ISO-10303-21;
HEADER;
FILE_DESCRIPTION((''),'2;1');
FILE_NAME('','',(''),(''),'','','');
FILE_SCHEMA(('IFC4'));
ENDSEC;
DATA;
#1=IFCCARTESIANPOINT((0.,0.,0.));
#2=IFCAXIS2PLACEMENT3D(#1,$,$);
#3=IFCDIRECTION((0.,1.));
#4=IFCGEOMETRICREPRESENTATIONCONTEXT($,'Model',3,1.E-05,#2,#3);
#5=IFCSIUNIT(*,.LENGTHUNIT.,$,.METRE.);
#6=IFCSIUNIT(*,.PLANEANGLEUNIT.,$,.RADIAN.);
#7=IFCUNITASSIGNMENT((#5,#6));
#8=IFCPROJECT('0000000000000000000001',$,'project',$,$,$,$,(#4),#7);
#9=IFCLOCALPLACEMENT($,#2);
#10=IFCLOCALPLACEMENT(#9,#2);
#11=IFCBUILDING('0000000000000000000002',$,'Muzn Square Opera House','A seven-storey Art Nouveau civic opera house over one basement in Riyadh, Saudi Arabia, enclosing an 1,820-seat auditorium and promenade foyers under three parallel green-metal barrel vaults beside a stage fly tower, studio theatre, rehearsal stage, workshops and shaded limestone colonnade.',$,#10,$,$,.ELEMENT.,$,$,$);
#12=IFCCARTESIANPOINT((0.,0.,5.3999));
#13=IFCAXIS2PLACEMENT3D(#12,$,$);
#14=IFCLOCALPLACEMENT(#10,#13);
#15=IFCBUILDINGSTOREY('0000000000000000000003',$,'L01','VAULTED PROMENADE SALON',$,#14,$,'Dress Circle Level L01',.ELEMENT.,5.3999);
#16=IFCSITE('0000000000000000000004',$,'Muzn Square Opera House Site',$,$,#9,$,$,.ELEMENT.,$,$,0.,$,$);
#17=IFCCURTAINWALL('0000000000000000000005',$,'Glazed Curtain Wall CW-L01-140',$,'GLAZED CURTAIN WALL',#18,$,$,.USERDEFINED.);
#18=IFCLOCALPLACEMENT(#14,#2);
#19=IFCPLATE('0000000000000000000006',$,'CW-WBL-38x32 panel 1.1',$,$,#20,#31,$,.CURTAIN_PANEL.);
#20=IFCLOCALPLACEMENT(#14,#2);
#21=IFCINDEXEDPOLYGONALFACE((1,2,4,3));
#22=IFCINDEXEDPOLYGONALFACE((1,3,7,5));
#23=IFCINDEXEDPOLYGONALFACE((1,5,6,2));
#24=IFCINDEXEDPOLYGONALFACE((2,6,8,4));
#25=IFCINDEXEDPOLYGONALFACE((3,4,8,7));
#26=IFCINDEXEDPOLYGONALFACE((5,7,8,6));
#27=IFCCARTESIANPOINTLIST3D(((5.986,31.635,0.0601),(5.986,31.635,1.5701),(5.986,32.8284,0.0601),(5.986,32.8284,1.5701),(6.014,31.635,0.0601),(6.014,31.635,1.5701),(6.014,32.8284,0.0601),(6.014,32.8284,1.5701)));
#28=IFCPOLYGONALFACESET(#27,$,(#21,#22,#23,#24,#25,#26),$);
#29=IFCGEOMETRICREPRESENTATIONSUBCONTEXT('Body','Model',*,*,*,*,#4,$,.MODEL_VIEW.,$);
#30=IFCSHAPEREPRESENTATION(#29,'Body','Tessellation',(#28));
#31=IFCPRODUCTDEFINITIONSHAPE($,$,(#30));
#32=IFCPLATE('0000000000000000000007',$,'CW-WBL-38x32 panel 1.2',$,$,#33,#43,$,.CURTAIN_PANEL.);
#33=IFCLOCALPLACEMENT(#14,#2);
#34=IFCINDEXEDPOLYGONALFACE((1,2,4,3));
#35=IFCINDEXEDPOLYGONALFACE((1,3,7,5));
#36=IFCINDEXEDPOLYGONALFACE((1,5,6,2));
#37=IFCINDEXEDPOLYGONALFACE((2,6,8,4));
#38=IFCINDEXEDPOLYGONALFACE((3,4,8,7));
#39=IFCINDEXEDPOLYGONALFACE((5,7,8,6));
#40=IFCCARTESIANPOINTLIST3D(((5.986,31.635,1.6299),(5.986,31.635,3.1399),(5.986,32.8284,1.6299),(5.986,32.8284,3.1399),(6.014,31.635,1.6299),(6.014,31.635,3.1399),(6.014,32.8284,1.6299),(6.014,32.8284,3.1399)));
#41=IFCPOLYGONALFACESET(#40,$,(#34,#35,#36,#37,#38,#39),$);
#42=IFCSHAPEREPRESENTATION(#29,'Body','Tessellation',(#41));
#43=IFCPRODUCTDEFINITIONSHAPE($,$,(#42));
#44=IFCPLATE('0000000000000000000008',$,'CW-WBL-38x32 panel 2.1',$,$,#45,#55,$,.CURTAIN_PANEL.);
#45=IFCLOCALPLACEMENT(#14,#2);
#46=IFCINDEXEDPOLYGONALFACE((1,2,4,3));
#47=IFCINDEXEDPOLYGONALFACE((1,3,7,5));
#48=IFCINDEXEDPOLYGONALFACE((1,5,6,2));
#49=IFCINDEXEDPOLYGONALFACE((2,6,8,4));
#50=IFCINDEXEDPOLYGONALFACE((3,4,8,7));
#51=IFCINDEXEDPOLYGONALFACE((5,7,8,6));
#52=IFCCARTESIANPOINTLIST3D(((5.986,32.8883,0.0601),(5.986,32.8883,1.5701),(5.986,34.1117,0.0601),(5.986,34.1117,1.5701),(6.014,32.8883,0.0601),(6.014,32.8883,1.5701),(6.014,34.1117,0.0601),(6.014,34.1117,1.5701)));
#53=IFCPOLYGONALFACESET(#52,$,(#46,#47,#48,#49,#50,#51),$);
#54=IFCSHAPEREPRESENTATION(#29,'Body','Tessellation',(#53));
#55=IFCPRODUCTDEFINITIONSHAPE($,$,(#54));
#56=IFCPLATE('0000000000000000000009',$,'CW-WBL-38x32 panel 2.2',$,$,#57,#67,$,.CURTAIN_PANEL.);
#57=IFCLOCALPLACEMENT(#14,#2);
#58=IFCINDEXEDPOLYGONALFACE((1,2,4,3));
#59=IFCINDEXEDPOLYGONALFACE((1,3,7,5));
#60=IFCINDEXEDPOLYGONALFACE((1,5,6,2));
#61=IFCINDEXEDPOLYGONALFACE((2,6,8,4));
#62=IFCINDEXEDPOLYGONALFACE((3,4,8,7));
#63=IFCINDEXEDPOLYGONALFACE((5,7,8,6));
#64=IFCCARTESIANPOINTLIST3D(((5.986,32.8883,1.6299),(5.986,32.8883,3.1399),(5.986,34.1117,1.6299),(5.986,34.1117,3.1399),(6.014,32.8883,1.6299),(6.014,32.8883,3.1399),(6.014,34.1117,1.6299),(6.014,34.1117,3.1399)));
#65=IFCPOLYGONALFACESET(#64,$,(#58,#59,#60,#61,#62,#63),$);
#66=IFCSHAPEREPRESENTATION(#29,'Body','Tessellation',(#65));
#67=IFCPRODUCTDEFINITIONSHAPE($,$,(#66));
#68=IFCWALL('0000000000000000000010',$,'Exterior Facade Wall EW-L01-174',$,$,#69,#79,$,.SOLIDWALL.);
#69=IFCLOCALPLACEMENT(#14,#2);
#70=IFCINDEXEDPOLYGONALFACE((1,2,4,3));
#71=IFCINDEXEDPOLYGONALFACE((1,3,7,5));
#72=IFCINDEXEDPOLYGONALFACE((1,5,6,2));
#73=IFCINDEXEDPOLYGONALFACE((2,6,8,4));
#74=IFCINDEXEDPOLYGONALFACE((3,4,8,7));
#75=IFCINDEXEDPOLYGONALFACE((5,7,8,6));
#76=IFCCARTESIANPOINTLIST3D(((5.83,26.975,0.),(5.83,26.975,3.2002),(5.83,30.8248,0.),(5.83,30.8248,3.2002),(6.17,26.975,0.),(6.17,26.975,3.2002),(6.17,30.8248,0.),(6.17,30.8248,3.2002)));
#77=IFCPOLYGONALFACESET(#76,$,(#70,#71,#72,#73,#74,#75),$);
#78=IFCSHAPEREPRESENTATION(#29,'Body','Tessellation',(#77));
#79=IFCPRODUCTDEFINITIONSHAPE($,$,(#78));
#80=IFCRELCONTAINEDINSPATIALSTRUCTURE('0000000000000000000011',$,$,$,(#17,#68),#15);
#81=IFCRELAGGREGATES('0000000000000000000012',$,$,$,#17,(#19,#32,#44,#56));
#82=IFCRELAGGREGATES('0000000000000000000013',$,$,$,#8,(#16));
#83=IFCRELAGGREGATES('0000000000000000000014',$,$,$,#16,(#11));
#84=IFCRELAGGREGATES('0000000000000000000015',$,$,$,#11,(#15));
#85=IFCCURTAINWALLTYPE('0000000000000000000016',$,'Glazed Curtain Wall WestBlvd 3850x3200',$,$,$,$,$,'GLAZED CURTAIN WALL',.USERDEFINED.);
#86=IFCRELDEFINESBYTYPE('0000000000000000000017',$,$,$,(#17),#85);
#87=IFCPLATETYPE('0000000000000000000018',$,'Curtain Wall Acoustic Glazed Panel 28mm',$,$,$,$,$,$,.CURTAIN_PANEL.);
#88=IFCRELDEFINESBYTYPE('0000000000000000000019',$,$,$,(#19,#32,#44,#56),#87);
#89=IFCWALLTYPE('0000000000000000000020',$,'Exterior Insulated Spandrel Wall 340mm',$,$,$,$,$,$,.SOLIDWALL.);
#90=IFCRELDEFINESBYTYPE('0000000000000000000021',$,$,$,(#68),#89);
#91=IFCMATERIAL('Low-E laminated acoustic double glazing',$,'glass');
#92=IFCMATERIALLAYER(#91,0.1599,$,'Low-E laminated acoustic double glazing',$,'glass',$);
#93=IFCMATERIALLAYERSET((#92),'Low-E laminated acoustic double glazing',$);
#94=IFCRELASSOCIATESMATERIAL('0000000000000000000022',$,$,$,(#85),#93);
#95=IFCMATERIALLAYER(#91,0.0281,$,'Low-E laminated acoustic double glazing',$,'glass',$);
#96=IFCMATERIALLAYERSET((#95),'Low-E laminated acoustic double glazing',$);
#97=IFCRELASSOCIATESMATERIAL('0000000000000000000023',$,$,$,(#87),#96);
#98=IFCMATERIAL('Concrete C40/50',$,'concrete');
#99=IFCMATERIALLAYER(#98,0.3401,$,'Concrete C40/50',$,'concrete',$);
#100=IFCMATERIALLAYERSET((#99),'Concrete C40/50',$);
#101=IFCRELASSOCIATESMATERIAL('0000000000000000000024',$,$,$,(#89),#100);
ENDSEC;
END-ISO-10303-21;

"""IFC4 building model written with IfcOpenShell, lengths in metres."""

from ifc_helpers import new_model, si_unit, direction, frame, frame_2d, origin, origin_2d, place, context, subcontext, project, spatial, rectangle, extrude, material, layer, layer_set, type_object, element, aggregate, save


model = new_model("IFC4")

# Units and contexts
model_context = context("Model", 3, precision=1e-05, world=origin(), true_north=direction((0.0, 1.0)))
body_context = subcontext(model_context, "Body", "Model", "MODEL_VIEW")
ifc_project = project(units=[si_unit("LENGTHUNIT", "METRE"), si_unit("PLANEANGLEUNIT", "RADIAN")], contexts=[model_context])

# Site, building, storey
site_placement = place(None, origin())
site = spatial("IfcSite", under=ifc_project, at=site_placement, Name="Muzn Square Opera House Site", CompositionType="ELEMENT", RefElevation=0.0)
building_placement = place(site_placement, origin())
building = spatial("IfcBuilding", under=site, at=building_placement, Name="Muzn Square Opera House", Description="A seven-storey Art Nouveau civic opera house over one basement in Riyadh, Saudi Arabia, enclosing an 1,820-seat auditorium and promenade foyers under three parallel green-metal barrel vaults beside a stage fly tower, studio theatre, rehearsal stage, workshops and shaded limestone colonnade.", CompositionType="ELEMENT")
storey_placement = place(building_placement, frame((0.0, 0.0, 5.3999)))
storey = spatial("IfcBuildingStorey", under=building, at=storey_placement, Name="L01", Description="VAULTED PROMENADE SALON", LongName="Dress Circle Level L01", CompositionType="ELEMENT", Elevation=5.3999)

# Curtain wall
ifc_material_1 = material(Name="Low-E laminated acoustic double glazing", Category="glass")
ifc_layer_1 = layer(ifc_material_1, 0.1599, Name="Low-E laminated acoustic double glazing", Category="glass")
ifc_layer_set_1 = layer_set([ifc_layer_1], Name="Low-E laminated acoustic double glazing")
curtain_wall_type = type_object("IfcCurtainWallType", Name="Glazed Curtain Wall WestBlvd 3850x3200", ElementType="GLAZED CURTAIN WALL", PredefinedType="USERDEFINED", material=ifc_layer_set_1)
curtain_wall_placement = place(storey_placement, origin())
curtain_wall = element("IfcCurtainWall", 1, at=curtain_wall_placement, inside=storey, type_object=curtain_wall_type, Name="Glazed Curtain Wall CW-L01-140", ObjectType="GLAZED CURTAIN WALL", PredefinedType="USERDEFINED")

# Shared definitions
ifc_material_2 = material(Name="Concrete C40/50", Category="concrete")

# Plates
ifc_layer_2 = layer(ifc_material_1, 0.0281, Name="Low-E laminated acoustic double glazing", Category="glass")
ifc_layer_set_2 = layer_set([ifc_layer_2], Name="Low-E laminated acoustic double glazing")
plate_type = type_object("IfcPlateType", Name="Curtain Wall Acoustic Glazed Panel 28mm", PredefinedType="CURTAIN_PANEL", material=ifc_layer_set_2)
plate_1_placement = place(storey_placement, frame((6.0, 32.2317, 0.0601), z_axis=(0.0, 0.0, 1.0), x_axis=(0.0, 1.0, 0.0)))
plate_1 = element("IfcPlate", 2, at=plate_1_placement, type_object=plate_type, Name="CW-WBL-38x32 panel 1.1", PredefinedType="CURTAIN_PANEL", context=body_context, shape_type="SweptSolid", body=[
    extrude(rectangle(XDim=1.1934, YDim=0.0281, at=origin_2d()), origin(), (0.0, 0.0, 1.0), 1.51),
])
plate_2_placement = place(storey_placement, frame((6.0, 32.2317, 1.6299), z_axis=(0.0, 0.0, 1.0), x_axis=(0.0, 1.0, 0.0)))
plate_2 = element("IfcPlate", 3, at=plate_2_placement, type_object=plate_type, Name="CW-WBL-38x32 panel 1.2", PredefinedType="CURTAIN_PANEL", context=body_context, shape_type="SweptSolid", body=[
    extrude(rectangle(XDim=1.1934, YDim=0.0281, at=origin_2d()), origin(), (0.0, 0.0, 1.0), 1.51),
])
plate_3_placement = place(storey_placement, frame((6.0, 33.5, 0.0601), z_axis=(0.0, 0.0, 1.0), x_axis=(0.0, 1.0, 0.0)))
plate_3 = element("IfcPlate", 4, at=plate_3_placement, type_object=plate_type, Name="CW-WBL-38x32 panel 2.1", PredefinedType="CURTAIN_PANEL", context=body_context, shape_type="SweptSolid", body=[
    extrude(rectangle(XDim=1.2234, YDim=0.0281, at=origin_2d()), origin(), (0.0, 0.0, 1.0), 1.51),
])
plate_4_placement = place(storey_placement, frame((6.0, 33.5, 1.6299), z_axis=(0.0, 0.0, 1.0), x_axis=(0.0, 1.0, 0.0)))
plate_4 = element("IfcPlate", 5, at=plate_4_placement, type_object=plate_type, Name="CW-WBL-38x32 panel 2.2", PredefinedType="CURTAIN_PANEL", context=body_context, shape_type="SweptSolid", body=[
    extrude(rectangle(XDim=1.2234, YDim=0.0281, at=origin_2d()), origin(), (0.0, 0.0, 1.0), 1.51),
])
aggregate(curtain_wall, [plate_1, plate_2, plate_3, plate_4])

# Wall
ifc_layer_3 = layer(ifc_material_2, 0.3401, Name="Concrete C40/50", Category="concrete")
ifc_layer_set_3 = layer_set([ifc_layer_3], Name="Concrete C40/50")
wall_type = type_object("IfcWallType", Name="Exterior Insulated Spandrel Wall 340mm", PredefinedType="SOLIDWALL", material=ifc_layer_set_3)
wall_placement = place(storey_placement, frame((6.0, 26.9751, 0.0), z_axis=(0.0, 0.0, 1.0), x_axis=(0.0, 1.0, 0.0)))
element("IfcWall", 6, at=wall_placement, inside=storey, type_object=wall_type, Name="Exterior Facade Wall EW-L01-174", PredefinedType="SOLIDWALL", context=body_context, shape_type="SweptSolid", body=[
    extrude(rectangle(XDim=3.8499, YDim=0.3401, at=frame_2d((1.9248, 0.0))), origin(), (0.0, 0.0, 1.0), 3.2002),
])

save(model, "model.ifc")
